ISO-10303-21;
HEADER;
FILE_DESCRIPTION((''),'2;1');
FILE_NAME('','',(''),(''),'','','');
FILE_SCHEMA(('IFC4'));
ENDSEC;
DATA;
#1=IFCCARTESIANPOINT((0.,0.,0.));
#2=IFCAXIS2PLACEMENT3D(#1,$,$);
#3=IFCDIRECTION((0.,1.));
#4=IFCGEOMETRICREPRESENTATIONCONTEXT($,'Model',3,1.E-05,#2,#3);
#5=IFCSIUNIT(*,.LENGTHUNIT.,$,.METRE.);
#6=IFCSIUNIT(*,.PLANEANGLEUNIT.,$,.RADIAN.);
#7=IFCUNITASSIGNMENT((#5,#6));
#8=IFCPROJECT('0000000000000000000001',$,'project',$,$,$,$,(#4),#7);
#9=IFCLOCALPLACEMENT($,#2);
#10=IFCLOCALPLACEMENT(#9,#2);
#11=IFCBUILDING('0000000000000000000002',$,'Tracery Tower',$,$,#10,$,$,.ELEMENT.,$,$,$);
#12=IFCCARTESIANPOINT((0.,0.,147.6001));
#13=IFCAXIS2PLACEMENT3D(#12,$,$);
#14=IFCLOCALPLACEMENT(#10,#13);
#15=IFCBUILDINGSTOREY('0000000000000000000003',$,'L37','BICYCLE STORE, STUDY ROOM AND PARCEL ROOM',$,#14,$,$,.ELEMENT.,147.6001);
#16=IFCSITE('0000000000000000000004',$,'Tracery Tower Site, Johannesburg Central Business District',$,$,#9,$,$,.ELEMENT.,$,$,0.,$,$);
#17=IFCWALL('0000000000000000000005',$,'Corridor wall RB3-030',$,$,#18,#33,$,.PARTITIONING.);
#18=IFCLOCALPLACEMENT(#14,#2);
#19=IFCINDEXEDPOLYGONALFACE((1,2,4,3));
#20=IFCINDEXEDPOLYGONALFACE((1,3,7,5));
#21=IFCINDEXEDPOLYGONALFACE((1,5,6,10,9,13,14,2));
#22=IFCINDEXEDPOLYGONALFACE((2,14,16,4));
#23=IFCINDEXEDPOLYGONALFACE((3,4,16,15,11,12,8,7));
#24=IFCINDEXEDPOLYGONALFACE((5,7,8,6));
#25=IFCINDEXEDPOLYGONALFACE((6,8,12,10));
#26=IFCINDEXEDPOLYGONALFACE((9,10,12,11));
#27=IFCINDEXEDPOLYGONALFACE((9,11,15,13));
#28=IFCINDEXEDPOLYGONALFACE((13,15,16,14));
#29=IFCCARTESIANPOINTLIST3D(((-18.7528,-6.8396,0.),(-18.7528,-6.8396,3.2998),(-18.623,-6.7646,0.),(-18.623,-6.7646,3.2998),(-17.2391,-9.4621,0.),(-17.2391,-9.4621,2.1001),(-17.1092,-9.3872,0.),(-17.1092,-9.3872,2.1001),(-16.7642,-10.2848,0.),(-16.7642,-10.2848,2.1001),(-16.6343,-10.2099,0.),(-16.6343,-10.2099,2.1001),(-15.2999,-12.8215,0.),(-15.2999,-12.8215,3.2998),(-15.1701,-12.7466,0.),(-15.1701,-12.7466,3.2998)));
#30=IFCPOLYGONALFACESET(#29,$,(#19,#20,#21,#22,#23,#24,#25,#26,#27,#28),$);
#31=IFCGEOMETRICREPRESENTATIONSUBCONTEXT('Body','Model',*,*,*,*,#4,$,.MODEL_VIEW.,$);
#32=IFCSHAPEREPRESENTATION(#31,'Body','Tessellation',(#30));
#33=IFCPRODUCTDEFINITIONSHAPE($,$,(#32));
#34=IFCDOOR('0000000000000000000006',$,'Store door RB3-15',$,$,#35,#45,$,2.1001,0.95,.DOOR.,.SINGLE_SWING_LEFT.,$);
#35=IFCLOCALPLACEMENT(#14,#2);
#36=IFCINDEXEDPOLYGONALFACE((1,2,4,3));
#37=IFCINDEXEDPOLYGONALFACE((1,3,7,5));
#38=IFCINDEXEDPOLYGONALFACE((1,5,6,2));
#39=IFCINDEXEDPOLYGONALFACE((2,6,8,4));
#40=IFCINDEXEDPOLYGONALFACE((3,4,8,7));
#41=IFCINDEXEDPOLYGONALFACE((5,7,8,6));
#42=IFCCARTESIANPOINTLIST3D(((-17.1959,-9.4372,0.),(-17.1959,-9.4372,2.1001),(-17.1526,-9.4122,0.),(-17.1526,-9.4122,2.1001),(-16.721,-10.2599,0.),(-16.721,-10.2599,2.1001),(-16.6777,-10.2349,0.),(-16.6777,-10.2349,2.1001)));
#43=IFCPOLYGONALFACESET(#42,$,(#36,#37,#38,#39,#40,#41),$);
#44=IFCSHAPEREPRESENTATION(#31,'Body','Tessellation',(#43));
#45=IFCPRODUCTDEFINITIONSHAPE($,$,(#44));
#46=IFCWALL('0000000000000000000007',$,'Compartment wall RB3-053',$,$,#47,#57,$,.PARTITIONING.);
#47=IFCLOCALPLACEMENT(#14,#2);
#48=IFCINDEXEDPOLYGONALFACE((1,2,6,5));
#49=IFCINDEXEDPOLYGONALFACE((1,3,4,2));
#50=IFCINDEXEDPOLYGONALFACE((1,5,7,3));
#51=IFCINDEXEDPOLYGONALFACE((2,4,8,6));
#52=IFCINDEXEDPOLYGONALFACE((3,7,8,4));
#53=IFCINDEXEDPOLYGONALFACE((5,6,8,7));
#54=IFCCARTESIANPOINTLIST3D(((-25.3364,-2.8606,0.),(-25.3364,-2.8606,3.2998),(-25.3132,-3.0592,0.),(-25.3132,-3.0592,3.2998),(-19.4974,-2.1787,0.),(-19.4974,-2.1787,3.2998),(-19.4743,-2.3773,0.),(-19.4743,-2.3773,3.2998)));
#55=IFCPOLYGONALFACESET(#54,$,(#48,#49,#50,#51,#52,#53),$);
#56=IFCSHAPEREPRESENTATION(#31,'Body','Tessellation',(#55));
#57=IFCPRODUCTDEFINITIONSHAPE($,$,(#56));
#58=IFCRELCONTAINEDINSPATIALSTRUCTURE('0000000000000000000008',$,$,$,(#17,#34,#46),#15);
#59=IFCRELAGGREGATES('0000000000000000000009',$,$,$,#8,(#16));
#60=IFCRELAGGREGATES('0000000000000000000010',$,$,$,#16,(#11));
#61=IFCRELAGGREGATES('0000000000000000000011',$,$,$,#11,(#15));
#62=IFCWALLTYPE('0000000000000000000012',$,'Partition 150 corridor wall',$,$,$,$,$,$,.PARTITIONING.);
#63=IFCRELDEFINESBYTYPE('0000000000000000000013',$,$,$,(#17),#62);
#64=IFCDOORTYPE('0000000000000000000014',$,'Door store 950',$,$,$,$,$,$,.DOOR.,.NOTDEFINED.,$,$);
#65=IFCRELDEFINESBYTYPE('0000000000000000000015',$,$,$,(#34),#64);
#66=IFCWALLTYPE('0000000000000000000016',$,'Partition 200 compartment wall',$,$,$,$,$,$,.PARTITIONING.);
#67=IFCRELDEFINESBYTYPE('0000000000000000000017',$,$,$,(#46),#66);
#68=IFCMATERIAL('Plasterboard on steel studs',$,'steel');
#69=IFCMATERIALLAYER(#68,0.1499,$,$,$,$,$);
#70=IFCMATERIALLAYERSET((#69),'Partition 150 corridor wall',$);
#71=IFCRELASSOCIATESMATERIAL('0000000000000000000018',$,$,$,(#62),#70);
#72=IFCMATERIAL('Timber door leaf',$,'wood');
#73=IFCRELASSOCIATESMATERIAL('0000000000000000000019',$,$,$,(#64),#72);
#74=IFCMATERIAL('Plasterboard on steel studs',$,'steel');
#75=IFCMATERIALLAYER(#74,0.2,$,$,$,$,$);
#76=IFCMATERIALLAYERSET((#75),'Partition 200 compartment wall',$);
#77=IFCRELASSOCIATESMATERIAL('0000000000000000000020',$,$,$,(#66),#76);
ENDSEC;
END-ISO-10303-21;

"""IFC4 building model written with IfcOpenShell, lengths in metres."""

from ifc_helpers import new_model, si_unit, direction, frame, frame_2d, origin, place, context, subcontext, project, spatial, rectangle, extrude, material, layer, layer_set, type_object, element, fill, save


model = new_model("IFC4")

# Units and contexts
model_context = context("Model", 3, precision=1e-05, world=origin(), true_north=direction((0.0, 1.0)))
body_context = subcontext(model_context, "Body", "Model", "MODEL_VIEW")
ifc_project = project(units=[si_unit("LENGTHUNIT", "METRE"), si_unit("PLANEANGLEUNIT", "RADIAN")], contexts=[model_context])

# Site, building, storey
site_placement = place(None, origin())
site = spatial("IfcSite", under=ifc_project, at=site_placement, Name="Tracery Tower Site, Johannesburg Central Business District", CompositionType="ELEMENT", RefElevation=0.0)
building_placement = place(site_placement, origin())
building = spatial("IfcBuilding", under=site, at=building_placement, Name="Tracery Tower", CompositionType="ELEMENT")
storey_placement = place(building_placement, frame((0.0, 0.0, 147.6001)))
storey = spatial("IfcBuildingStorey", under=building, at=storey_placement, Name="L37", Description="BICYCLE STORE, STUDY ROOM AND PARCEL ROOM", CompositionType="ELEMENT", Elevation=147.6001)

# Shared definitions
ifc_material_1 = material(Name="Plasterboard on steel studs", Category="steel")
ifc_layer_1 = layer(ifc_material_1, 0.1499)
ifc_layer_set_1 = layer_set([ifc_layer_1], Name="Partition 150 corridor wall")
wall_type_1 = type_object("IfcWallType", Name="Partition 150 corridor wall", PredefinedType="PARTITIONING", material=ifc_layer_set_1)

# Wall, opening, door
wall_1_placement = place(storey_placement, frame((-18.688, -6.802, 0.0), z_axis=(0.0, 0.0, 1.0), x_axis=(0.499914, -0.866075, 0.0)))
wall_1 = element("IfcWall", 1, at=wall_1_placement, inside=storey, type_object=wall_type_1, Name="Corridor wall RB3-030", PredefinedType="PARTITIONING", context=body_context, shape_type="SweptSolid", body=[
    extrude(rectangle(XDim=6.907, YDim=0.1499, at=frame_2d((3.4536, 0.0))), origin(), (0.0, 0.0, 1.0), 3.2998),
])
opening_1_placement = place(wall_1_placement, frame((3.0281, 0.0, 0.0)))
opening_1 = element("IfcOpeningElement", 2, at=opening_1_placement, cuts=wall_1, PredefinedType="OPENING", context=body_context, shape_type="SweptSolid", body=[
    extrude(rectangle(XDim=0.95, YDim=2.1001, at=frame_2d((0.4751, 1.05))), frame((0.0, 0.075, 0.0), z_axis=(0.0, -1.0, 0.0), x_axis=(1.0, 0.0, 0.0)), (0.0, 0.0, 1.0), 0.1499),
])
ifc_material_2 = material(Name="Timber door leaf", Category="wood")
door_type_1 = type_object("IfcDoorType", Name="Door store 950", OperationType="NOTDEFINED", PredefinedType="DOOR", material=ifc_material_2)
door_1_placement = place(opening_1_placement, origin())
door_1 = element("IfcDoor", 3, at=door_1_placement, inside=storey, type_object=door_type_1, Name="Store door RB3-15", OperationType="SINGLE_SWING_LEFT", OverallHeight=2.1001, OverallWidth=0.95, PredefinedType="DOOR", context=body_context, shape_type="SweptSolid", body=[
    extrude(rectangle(XDim=0.95, YDim=2.1001, at=frame_2d((0.4751, 1.05))), frame((0.0, 0.0249, 0.0), z_axis=(0.0, -1.0, 0.0), x_axis=(1.0, 0.0, 0.0)), (0.0, 0.0, 1.0), 0.05),
])
fill(opening_1, door_1)

# Wall
ifc_material_3 = material(Name="Plasterboard on steel studs", Category="steel")
ifc_layer_2 = layer(ifc_material_3, 0.2)
ifc_layer_set_2 = layer_set([ifc_layer_2], Name="Partition 200 compartment wall")
wall_type_2 = type_object("IfcWallType", Name="Partition 200 compartment wall", PredefinedType="PARTITIONING", material=ifc_layer_set_2)
wall_2_placement = place(storey_placement, frame((-25.325, -2.96, 0.0), z_axis=(0.0, 0.0, 1.0), x_axis=(0.99325, 0.115995, 0.0)))
element("IfcWall", 4, at=wall_2_placement, inside=storey, type_object=wall_type_2, Name="Compartment wall RB3-053", PredefinedType="PARTITIONING", context=body_context, shape_type="SweptSolid", body=[
    extrude(rectangle(XDim=5.8787, YDim=0.2, at=frame_2d((2.9395, 0.0))), origin(), (0.0, 0.0, 1.0), 3.2998),
])

save(model, "model.ifc")
